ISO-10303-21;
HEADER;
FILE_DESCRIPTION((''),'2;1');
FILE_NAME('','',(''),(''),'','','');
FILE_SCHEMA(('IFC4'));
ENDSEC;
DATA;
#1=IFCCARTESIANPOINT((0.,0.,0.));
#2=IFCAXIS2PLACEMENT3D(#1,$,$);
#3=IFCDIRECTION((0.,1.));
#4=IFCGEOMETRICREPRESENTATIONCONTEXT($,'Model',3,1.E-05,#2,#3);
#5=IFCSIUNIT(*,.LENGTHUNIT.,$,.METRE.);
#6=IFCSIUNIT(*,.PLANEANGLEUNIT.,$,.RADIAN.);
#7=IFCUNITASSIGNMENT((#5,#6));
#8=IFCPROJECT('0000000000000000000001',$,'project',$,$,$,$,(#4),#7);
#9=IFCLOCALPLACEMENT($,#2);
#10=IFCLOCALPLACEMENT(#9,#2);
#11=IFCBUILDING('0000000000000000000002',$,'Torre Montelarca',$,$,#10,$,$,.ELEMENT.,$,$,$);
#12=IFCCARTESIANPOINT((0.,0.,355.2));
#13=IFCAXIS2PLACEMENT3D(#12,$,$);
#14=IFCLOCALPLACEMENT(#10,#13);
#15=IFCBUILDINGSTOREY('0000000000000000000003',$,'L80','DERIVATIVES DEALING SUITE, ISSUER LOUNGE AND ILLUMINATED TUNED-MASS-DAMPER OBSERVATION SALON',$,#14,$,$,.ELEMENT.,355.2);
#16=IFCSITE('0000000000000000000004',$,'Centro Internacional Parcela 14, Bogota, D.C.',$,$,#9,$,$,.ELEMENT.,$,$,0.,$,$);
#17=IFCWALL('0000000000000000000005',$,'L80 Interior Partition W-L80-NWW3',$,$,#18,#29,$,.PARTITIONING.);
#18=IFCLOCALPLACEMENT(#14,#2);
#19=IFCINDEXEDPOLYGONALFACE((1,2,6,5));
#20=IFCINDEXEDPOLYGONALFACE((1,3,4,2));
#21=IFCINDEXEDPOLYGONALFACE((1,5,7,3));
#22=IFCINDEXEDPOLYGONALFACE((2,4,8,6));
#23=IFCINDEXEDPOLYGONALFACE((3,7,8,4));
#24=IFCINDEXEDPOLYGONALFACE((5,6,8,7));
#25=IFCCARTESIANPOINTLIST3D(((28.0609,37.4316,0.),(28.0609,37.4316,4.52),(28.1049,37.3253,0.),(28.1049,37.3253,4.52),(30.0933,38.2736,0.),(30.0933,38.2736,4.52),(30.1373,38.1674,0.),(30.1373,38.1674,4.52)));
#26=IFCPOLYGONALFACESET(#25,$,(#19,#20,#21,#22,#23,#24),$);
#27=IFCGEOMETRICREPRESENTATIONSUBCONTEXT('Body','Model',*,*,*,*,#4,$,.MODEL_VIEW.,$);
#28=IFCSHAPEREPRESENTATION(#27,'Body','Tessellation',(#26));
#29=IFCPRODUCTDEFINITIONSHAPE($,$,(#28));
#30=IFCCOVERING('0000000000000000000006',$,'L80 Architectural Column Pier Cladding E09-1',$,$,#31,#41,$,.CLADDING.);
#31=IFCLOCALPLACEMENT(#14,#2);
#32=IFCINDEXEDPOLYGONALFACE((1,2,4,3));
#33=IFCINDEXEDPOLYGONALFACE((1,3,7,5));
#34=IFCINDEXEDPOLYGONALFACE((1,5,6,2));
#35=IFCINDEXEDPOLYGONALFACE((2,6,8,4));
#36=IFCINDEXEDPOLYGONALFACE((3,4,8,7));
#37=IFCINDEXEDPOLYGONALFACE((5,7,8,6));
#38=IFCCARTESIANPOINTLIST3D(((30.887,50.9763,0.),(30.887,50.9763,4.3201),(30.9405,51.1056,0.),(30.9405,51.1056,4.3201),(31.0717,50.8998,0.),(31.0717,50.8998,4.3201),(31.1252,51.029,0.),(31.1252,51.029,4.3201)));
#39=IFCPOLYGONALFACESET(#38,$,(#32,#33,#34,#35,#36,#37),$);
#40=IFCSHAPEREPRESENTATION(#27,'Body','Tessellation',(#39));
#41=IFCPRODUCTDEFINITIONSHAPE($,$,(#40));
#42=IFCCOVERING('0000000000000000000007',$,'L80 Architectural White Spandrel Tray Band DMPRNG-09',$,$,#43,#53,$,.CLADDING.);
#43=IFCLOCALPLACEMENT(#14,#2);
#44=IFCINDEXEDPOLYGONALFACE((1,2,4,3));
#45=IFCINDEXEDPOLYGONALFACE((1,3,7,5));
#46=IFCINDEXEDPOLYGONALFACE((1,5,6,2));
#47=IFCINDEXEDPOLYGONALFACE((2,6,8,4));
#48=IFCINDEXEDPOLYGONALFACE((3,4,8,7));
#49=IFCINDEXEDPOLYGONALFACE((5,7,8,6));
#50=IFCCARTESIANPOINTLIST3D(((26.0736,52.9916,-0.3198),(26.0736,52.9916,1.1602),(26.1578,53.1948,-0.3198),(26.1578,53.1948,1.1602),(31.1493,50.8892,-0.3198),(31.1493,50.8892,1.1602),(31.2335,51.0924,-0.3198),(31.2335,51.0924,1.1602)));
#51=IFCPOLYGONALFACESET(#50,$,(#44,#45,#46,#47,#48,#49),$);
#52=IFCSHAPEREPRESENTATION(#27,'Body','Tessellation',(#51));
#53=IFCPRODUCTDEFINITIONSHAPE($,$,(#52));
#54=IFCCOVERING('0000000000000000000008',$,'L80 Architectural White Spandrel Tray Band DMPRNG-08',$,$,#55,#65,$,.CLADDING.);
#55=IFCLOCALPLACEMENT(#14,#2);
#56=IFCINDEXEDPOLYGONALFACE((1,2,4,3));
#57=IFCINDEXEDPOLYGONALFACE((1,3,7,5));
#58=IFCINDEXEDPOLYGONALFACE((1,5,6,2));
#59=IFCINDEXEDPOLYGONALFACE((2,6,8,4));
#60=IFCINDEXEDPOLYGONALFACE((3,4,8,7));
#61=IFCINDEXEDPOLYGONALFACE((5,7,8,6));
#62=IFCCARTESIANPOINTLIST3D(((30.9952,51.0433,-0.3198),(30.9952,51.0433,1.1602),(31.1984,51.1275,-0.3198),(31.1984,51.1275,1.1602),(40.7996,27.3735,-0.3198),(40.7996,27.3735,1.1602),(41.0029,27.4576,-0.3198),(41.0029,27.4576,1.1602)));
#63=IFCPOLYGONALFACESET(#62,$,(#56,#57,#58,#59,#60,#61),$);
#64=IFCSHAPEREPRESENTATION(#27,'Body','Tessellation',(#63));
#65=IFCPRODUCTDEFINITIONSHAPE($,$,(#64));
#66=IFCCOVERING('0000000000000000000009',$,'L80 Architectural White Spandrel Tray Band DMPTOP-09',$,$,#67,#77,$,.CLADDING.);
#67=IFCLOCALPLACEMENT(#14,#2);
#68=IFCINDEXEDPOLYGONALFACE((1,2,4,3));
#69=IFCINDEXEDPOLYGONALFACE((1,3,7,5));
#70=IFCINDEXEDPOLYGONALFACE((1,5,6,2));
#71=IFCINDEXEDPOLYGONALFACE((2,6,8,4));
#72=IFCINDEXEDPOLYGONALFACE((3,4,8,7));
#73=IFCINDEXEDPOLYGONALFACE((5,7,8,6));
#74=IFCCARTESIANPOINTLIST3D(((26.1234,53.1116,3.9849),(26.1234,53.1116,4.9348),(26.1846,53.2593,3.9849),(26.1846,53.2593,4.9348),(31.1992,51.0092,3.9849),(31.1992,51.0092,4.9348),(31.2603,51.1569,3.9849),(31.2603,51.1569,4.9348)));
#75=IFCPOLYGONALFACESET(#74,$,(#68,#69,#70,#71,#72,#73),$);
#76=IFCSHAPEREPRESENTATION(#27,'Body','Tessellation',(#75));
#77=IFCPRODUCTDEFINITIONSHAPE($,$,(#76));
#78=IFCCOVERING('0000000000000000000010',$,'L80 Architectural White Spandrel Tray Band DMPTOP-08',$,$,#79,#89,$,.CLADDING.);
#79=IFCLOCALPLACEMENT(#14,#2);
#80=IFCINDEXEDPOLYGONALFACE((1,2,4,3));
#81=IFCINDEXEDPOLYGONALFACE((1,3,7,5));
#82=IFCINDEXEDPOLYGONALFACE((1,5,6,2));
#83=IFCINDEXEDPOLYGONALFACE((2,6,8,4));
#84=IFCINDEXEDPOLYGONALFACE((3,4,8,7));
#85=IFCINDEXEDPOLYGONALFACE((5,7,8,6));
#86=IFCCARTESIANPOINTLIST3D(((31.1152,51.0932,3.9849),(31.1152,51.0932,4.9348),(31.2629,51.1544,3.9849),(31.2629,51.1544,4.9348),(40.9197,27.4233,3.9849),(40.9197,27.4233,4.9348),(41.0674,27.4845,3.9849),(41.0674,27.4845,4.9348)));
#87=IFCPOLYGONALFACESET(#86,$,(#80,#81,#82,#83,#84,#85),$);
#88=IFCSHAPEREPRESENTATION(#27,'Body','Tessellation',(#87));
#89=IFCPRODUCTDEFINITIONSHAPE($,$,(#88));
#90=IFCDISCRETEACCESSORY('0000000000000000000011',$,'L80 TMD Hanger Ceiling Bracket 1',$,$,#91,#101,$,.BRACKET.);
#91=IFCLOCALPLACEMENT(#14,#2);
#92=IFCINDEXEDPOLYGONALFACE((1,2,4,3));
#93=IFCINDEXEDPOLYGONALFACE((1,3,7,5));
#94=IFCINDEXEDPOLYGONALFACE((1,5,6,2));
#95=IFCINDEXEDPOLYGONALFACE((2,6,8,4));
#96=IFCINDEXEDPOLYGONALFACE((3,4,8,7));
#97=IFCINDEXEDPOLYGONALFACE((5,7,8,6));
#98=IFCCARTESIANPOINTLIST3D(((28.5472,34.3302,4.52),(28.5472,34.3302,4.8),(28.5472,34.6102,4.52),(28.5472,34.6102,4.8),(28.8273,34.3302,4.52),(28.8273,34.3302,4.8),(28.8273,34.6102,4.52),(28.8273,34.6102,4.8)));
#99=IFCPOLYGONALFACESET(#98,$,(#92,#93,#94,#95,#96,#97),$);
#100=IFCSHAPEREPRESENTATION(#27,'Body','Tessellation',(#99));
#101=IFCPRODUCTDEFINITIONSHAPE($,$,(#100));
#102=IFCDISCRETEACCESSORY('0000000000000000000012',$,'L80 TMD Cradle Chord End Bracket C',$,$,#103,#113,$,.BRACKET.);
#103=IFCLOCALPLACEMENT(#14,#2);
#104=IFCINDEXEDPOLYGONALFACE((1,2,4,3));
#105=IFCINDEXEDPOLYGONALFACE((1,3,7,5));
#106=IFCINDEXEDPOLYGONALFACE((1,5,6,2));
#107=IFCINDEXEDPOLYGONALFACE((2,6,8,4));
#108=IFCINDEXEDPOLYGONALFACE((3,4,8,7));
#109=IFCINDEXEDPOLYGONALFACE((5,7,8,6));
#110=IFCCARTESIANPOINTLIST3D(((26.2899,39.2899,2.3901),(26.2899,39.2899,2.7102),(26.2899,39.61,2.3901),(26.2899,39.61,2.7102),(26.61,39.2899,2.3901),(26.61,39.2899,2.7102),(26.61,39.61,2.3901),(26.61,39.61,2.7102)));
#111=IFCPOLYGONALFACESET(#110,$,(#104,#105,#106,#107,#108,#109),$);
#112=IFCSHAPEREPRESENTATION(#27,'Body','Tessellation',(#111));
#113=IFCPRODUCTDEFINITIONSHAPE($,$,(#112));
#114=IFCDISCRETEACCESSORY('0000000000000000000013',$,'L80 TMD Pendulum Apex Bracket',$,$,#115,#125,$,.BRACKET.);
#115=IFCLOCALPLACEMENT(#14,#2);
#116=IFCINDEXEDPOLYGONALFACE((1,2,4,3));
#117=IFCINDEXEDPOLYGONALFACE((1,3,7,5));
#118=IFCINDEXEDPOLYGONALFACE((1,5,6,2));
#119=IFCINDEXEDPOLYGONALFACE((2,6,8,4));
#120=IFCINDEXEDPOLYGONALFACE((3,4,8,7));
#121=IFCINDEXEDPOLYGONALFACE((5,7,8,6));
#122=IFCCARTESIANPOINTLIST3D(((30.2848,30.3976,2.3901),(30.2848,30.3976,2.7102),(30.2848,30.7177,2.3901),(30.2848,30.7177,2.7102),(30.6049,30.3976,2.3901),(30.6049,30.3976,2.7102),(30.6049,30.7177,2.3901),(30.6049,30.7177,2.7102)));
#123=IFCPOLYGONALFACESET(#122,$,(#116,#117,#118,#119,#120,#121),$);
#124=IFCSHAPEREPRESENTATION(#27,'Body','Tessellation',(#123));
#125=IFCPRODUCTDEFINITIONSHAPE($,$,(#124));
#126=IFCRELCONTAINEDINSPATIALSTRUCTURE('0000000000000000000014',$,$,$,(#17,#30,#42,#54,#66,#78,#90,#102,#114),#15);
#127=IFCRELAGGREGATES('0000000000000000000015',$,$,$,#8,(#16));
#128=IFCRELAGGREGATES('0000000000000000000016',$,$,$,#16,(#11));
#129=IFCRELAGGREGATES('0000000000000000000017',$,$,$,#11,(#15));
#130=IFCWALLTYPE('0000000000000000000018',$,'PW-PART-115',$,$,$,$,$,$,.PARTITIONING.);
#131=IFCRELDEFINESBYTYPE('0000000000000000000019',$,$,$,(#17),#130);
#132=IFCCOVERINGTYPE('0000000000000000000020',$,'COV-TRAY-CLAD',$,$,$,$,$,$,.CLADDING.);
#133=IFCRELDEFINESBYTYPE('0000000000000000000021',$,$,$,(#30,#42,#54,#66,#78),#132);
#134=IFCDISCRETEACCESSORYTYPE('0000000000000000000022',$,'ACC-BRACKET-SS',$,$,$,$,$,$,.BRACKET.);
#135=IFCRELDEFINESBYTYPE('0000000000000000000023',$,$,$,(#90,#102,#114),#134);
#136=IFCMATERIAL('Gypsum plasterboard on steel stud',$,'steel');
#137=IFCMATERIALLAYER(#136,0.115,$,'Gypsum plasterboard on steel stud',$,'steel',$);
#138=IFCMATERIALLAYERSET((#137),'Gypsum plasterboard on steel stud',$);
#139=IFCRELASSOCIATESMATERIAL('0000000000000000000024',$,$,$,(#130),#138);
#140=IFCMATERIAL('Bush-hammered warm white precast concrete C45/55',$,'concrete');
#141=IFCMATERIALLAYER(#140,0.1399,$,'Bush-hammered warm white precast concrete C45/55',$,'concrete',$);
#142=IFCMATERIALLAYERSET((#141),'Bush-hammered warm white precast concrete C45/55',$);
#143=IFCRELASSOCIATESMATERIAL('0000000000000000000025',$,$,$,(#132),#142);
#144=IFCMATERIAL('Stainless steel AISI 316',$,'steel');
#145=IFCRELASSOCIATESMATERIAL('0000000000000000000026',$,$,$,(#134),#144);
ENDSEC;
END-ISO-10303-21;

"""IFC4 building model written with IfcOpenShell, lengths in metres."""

from ifc_helpers import new_model, si_unit, direction, frame, frame_2d, origin, origin_2d, place, context, subcontext, project, spatial, rectangle, extrude, source, transform, mapped, material, layer, layer_set, type_object, element, save


model = new_model("IFC4")

# Units and contexts
model_context = context("Model", 3, precision=1e-05, world=origin(), true_north=direction((0.0, 1.0)))
body_context = subcontext(model_context, "Body", "Model", "MODEL_VIEW")
ifc_project = project(units=[si_unit("LENGTHUNIT", "METRE"), si_unit("PLANEANGLEUNIT", "RADIAN")], contexts=[model_context])

# Site, building, storey
site_placement = place(None, origin())
site = spatial("IfcSite", under=ifc_project, at=site_placement, Name="Centro Internacional Parcela 14, Bogota, D.C.", CompositionType="ELEMENT", RefElevation=0.0)
building_placement = place(site_placement, origin())
building = spatial("IfcBuilding", under=site, at=building_placement, Name="Torre Montelarca", CompositionType="ELEMENT")
storey_placement = place(building_placement, frame((0.0, 0.0, 355.2)))
storey = spatial("IfcBuildingStorey", under=building, at=storey_placement, Name="L80", Description="DERIVATIVES DEALING SUITE, ISSUER LOUNGE AND ILLUMINATED TUNED-MASS-DAMPER OBSERVATION SALON", CompositionType="ELEMENT", Elevation=355.2)

# Wall
ifc_material_1 = material(Name="Gypsum plasterboard on steel stud", Category="steel")
ifc_layer_1 = layer(ifc_material_1, 0.115, Name="Gypsum plasterboard on steel stud", Category="steel")
ifc_layer_set_1 = layer_set([ifc_layer_1], Name="Gypsum plasterboard on steel stud")
wall_type_1 = type_object("IfcWallType", Name="PW-PART-115", PredefinedType="PARTITIONING", material=ifc_layer_set_1)
wall_1_placement = place(storey_placement, frame((28.0828, 37.3784, 0.0), z_axis=(0.0, 0.0, 1.0), x_axis=(0.923853, 0.382747, 0.0)))
element("IfcWall", 1, at=wall_1_placement, inside=storey, type_object=wall_type_1, Name="L80 Interior Partition W-L80-NWW3", PredefinedType="PARTITIONING", context=body_context, shape_type="SweptSolid", body=[
    extrude(rectangle(XDim=2.2, YDim=0.115, at=frame_2d((1.1001, 0.0))), origin(), (0.0, 0.0, 1.0), 4.52),
])

# Coverings
ifc_material_2 = material(Name="Bush-hammered warm white precast concrete C45/55", Category="concrete")
ifc_layer_2 = layer(ifc_material_2, 0.1399, Name="Bush-hammered warm white precast concrete C45/55", Category="concrete")
ifc_layer_set_2 = layer_set([ifc_layer_2], Name="Bush-hammered warm white precast concrete C45/55")
covering_type = type_object("IfcCoveringType", Name="COV-TRAY-CLAD", PredefinedType="CLADDING", material=ifc_layer_set_2)
shared_shape_1 = source(origin(), body_context, "Body", "SweptSolid", [
    extrude(rectangle(XDim=0.2, YDim=0.1399, at=origin_2d()), origin(), (0.0, 0.0, 1.0), 4.3201),
])
covering_1_placement = place(storey_placement, frame((31.0061, 51.0027, 0.0), z_axis=(0.0, 0.0, 1.0), x_axis=(-0.923881, 0.38268, 0.0)))
element("IfcCovering", 2, at=covering_1_placement, inside=storey, type_object=covering_type, Name="L80 Architectural Column Pier Cladding E09-1", PredefinedType="CLADDING", context=body_context, shape_type="MappedRepresentation", body=[
    mapped(shared_shape_1, transform((0.0, 0.0, 0.0), scale=1.0)),
])
shared_shape_2 = source(origin(), body_context, "Body", "SweptSolid", [
    extrude(rectangle(XDim=5.4939, YDim=0.22, at=origin_2d()), origin(), (0.0, 0.0, 1.0), 1.48),
])
covering_2_placement = place(storey_placement, frame((28.6536, 52.042, -0.3198), z_axis=(0.0, 0.0, 1.0), x_axis=(-0.923882, 0.382679, 0.0)))
element("IfcCovering", 3, at=covering_2_placement, inside=storey, type_object=covering_type, Name="L80 Architectural White Spandrel Tray Band DMPRNG-09", PredefinedType="CLADDING", context=body_context, shape_type="MappedRepresentation", body=[
    mapped(shared_shape_2, transform((0.0, 0.0, 0.0), scale=1.0)),
])
shared_shape_3 = source(origin(), body_context, "Body", "SweptSolid", [
    extrude(rectangle(XDim=25.6201, YDim=0.22, at=origin_2d()), origin(), (0.0, 0.0, 1.0), 1.48),
])
covering_3_placement = place(storey_placement, frame((35.999, 39.2505, -0.3198), z_axis=(0.0, 0.0, 1.0), x_axis=(-0.382687, 0.923878, 0.0)))
element("IfcCovering", 4, at=covering_3_placement, inside=storey, type_object=covering_type, Name="L80 Architectural White Spandrel Tray Band DMPRNG-08", PredefinedType="CLADDING", context=body_context, shape_type="MappedRepresentation", body=[
    mapped(shared_shape_3, transform((0.0, 0.0, 0.0), scale=1.0)),
])
shared_shape_4 = source(origin(), body_context, "Body", "SweptSolid", [
    extrude(rectangle(XDim=5.4939, YDim=0.1599, at=origin_2d()), origin(), (0.0, 0.0, 1.0), 0.95),
])
covering_4_placement = place(storey_placement, frame((28.6919, 52.1343, 3.9849), z_axis=(0.0, 0.0, 1.0), x_axis=(-0.923882, 0.382679, 0.0)))
element("IfcCovering", 5, at=covering_4_placement, inside=storey, type_object=covering_type, Name="L80 Architectural White Spandrel Tray Band DMPTOP-09", PredefinedType="CLADDING", context=body_context, shape_type="MappedRepresentation", body=[
    mapped(shared_shape_4, transform((0.0, 0.0, 0.0), scale=1.0)),
])
shared_shape_5 = source(origin(), body_context, "Body", "SweptSolid", [
    extrude(rectangle(XDim=25.6201, YDim=0.1599, at=origin_2d()), origin(), (0.0, 0.0, 1.0), 0.95),
])
covering_5_placement = place(storey_placement, frame((36.0913, 39.2888, 3.9849), z_axis=(0.0, 0.0, 1.0), x_axis=(-0.382687, 0.923878, 0.0)))
element("IfcCovering", 6, at=covering_5_placement, inside=storey, type_object=covering_type, Name="L80 Architectural White Spandrel Tray Band DMPTOP-08", PredefinedType="CLADDING", context=body_context, shape_type="MappedRepresentation", body=[
    mapped(shared_shape_5, transform((0.0, 0.0, 0.0), scale=1.0)),
])

# Discrete accessories
ifc_material_3 = material(Name="Stainless steel AISI 316", Category="steel")
discrete_accessory_type = type_object("IfcDiscreteAccessoryType", Name="ACC-BRACKET-SS", PredefinedType="BRACKET", material=ifc_material_3)
shared_shape_6 = source(origin(), body_context, "Body", "SweptSolid", [
    extrude(rectangle(XDim=0.28, YDim=0.28, at=origin_2d()), origin(), (0.0, 0.0, 1.0), 0.28),
])
discrete_accessory_placement = place(storey_placement, frame((28.6873, 34.4702, 4.52), z_axis=(0.0, 0.0, 1.0), x_axis=(1.0, 0.0, 0.0)))
element("IfcDiscreteAccessory", 7, at=discrete_accessory_placement, inside=storey, type_object=discrete_accessory_type, Name="L80 TMD Hanger Ceiling Bracket 1", PredefinedType="BRACKET", context=body_context, shape_type="MappedRepresentation", body=[
    mapped(shared_shape_6, transform((0.0, 0.0, 0.0), scale=1.0)),
])
shared_shape_7 = source(origin(), body_context, "Body", "SweptSolid", [
    extrude(rectangle(XDim=0.3201, YDim=0.3201, at=origin_2d()), origin(), (0.0, 0.0, 1.0), 0.3201),
])
for number, where, z_axis, x_axis, name in (
    (8, (26.45, 39.45, 2.3901), (0.0, 0.0, 1.0), (1.0, 0.0, 0.0), "L80 TMD Cradle Chord End Bracket C"),
    (9, (30.4448, 30.5576, 2.3901), (0.0, 0.0, 1.0), (1.0, 0.0, 0.0), "L80 TMD Pendulum Apex Bracket"),
):
    element("IfcDiscreteAccessory", number, at=place(storey_placement, frame(where, z_axis=z_axis, x_axis=x_axis)), inside=storey, type_object=discrete_accessory_type, Name=name, PredefinedType="BRACKET", context=body_context, shape_type="MappedRepresentation", body=[
        mapped(shared_shape_7, transform((0.0, 0.0, 0.0), scale=1.0)),
    ])

save(model, "model.ifc")
